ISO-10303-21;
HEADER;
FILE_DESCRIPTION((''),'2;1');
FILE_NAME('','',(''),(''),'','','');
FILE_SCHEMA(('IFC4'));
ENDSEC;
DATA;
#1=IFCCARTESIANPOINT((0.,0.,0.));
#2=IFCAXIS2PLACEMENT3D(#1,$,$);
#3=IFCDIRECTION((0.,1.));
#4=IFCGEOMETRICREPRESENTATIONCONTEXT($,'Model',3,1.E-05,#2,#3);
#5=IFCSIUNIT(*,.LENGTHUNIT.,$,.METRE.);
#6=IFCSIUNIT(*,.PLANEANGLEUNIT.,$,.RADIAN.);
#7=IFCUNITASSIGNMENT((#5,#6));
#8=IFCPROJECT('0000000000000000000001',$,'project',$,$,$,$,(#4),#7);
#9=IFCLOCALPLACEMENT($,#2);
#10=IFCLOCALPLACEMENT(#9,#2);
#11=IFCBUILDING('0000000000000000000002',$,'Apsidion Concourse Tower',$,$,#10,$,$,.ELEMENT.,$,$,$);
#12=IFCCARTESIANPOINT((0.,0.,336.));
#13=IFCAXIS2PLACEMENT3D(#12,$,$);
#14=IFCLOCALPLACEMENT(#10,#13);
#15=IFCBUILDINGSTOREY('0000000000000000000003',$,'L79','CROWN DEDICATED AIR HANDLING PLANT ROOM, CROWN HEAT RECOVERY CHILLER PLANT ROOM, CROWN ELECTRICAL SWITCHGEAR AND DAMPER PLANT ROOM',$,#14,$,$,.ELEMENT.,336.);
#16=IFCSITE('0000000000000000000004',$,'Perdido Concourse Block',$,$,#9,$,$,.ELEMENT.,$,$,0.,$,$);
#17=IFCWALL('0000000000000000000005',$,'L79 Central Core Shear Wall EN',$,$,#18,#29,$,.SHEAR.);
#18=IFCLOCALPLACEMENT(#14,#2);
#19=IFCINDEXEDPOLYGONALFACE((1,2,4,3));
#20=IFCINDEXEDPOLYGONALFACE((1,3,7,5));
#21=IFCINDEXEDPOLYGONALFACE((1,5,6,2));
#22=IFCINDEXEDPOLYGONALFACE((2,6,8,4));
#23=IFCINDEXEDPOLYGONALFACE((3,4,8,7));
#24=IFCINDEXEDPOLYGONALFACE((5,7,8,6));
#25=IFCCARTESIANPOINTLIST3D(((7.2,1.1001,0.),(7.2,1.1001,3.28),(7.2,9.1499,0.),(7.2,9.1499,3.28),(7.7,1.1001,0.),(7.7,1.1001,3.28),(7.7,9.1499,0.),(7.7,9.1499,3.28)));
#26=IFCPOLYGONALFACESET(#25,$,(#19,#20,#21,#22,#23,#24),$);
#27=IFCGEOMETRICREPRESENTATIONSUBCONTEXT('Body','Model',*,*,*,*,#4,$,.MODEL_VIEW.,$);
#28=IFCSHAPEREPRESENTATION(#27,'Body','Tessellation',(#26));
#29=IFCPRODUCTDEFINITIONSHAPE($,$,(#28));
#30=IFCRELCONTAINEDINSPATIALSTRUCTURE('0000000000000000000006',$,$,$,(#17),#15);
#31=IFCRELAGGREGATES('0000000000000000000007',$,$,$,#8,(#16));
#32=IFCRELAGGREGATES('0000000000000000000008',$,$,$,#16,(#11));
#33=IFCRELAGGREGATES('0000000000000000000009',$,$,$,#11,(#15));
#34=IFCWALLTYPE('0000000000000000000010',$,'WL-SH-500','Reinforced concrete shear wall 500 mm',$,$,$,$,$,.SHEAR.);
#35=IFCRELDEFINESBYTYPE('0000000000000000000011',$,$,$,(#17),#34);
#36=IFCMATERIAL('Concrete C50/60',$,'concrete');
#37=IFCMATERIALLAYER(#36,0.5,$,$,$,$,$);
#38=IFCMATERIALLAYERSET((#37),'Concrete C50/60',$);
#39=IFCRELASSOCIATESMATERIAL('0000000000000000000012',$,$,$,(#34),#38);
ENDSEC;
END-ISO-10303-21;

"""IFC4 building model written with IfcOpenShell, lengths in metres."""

from ifc_helpers import new_model, si_unit, direction, frame, frame_2d, origin, place, context, subcontext, project, spatial, rectangle, extrude, material, layer, layer_set, type_object, element, save


model = new_model("IFC4")

# Units and contexts
model_context = context("Model", 3, precision=1e-05, world=origin(), true_north=direction((0.0, 1.0)))
body_context = subcontext(model_context, "Body", "Model", "MODEL_VIEW")
ifc_project = project(units=[si_unit("LENGTHUNIT", "METRE"), si_unit("PLANEANGLEUNIT", "RADIAN")], contexts=[model_context])

# Site, building, storey
site_placement = place(None, origin())
site = spatial("IfcSite", under=ifc_project, at=site_placement, Name="Perdido Concourse Block", CompositionType="ELEMENT", RefElevation=0.0)
building_placement = place(site_placement, origin())
building = spatial("IfcBuilding", under=site, at=building_placement, Name="Apsidion Concourse Tower", CompositionType="ELEMENT")
storey_placement = place(building_placement, frame((0.0, 0.0, 336.0)))
storey = spatial("IfcBuildingStorey", under=building, at=storey_placement, Name="L79", Description="CROWN DEDICATED AIR HANDLING PLANT ROOM, CROWN HEAT RECOVERY CHILLER PLANT ROOM, CROWN ELECTRICAL SWITCHGEAR AND DAMPER PLANT ROOM", CompositionType="ELEMENT", Elevation=336.0)

# Shared definitions
ifc_material_1 = material(Name="Concrete C50/60", Category="concrete")

# Wall
ifc_layer_1 = layer(ifc_material_1, 0.5)
ifc_layer_set_1 = layer_set([ifc_layer_1], Name="Concrete C50/60")
wall_type_1 = type_object("IfcWallType", Name="WL-SH-500", Description="Reinforced concrete shear wall 500 mm", PredefinedType="SHEAR", material=ifc_layer_set_1)
wall_1_placement = place(storey_placement, frame((7.45, 1.1001, 0.0), z_axis=(0.0, 0.0, 1.0), x_axis=(0.0, 1.0, 0.0)))
element("IfcWall", 1, at=wall_1_placement, inside=storey, type_object=wall_type_1, Name="L79 Central Core Shear Wall EN", PredefinedType="SHEAR", context=body_context, shape_type="SweptSolid", body=[
    extrude(rectangle(XDim=8.0498, YDim=0.5, at=frame_2d((4.0249, 0.0))), origin(), (0.0, 0.0, 1.0), 3.28),
])

save(model, "model.ifc")
